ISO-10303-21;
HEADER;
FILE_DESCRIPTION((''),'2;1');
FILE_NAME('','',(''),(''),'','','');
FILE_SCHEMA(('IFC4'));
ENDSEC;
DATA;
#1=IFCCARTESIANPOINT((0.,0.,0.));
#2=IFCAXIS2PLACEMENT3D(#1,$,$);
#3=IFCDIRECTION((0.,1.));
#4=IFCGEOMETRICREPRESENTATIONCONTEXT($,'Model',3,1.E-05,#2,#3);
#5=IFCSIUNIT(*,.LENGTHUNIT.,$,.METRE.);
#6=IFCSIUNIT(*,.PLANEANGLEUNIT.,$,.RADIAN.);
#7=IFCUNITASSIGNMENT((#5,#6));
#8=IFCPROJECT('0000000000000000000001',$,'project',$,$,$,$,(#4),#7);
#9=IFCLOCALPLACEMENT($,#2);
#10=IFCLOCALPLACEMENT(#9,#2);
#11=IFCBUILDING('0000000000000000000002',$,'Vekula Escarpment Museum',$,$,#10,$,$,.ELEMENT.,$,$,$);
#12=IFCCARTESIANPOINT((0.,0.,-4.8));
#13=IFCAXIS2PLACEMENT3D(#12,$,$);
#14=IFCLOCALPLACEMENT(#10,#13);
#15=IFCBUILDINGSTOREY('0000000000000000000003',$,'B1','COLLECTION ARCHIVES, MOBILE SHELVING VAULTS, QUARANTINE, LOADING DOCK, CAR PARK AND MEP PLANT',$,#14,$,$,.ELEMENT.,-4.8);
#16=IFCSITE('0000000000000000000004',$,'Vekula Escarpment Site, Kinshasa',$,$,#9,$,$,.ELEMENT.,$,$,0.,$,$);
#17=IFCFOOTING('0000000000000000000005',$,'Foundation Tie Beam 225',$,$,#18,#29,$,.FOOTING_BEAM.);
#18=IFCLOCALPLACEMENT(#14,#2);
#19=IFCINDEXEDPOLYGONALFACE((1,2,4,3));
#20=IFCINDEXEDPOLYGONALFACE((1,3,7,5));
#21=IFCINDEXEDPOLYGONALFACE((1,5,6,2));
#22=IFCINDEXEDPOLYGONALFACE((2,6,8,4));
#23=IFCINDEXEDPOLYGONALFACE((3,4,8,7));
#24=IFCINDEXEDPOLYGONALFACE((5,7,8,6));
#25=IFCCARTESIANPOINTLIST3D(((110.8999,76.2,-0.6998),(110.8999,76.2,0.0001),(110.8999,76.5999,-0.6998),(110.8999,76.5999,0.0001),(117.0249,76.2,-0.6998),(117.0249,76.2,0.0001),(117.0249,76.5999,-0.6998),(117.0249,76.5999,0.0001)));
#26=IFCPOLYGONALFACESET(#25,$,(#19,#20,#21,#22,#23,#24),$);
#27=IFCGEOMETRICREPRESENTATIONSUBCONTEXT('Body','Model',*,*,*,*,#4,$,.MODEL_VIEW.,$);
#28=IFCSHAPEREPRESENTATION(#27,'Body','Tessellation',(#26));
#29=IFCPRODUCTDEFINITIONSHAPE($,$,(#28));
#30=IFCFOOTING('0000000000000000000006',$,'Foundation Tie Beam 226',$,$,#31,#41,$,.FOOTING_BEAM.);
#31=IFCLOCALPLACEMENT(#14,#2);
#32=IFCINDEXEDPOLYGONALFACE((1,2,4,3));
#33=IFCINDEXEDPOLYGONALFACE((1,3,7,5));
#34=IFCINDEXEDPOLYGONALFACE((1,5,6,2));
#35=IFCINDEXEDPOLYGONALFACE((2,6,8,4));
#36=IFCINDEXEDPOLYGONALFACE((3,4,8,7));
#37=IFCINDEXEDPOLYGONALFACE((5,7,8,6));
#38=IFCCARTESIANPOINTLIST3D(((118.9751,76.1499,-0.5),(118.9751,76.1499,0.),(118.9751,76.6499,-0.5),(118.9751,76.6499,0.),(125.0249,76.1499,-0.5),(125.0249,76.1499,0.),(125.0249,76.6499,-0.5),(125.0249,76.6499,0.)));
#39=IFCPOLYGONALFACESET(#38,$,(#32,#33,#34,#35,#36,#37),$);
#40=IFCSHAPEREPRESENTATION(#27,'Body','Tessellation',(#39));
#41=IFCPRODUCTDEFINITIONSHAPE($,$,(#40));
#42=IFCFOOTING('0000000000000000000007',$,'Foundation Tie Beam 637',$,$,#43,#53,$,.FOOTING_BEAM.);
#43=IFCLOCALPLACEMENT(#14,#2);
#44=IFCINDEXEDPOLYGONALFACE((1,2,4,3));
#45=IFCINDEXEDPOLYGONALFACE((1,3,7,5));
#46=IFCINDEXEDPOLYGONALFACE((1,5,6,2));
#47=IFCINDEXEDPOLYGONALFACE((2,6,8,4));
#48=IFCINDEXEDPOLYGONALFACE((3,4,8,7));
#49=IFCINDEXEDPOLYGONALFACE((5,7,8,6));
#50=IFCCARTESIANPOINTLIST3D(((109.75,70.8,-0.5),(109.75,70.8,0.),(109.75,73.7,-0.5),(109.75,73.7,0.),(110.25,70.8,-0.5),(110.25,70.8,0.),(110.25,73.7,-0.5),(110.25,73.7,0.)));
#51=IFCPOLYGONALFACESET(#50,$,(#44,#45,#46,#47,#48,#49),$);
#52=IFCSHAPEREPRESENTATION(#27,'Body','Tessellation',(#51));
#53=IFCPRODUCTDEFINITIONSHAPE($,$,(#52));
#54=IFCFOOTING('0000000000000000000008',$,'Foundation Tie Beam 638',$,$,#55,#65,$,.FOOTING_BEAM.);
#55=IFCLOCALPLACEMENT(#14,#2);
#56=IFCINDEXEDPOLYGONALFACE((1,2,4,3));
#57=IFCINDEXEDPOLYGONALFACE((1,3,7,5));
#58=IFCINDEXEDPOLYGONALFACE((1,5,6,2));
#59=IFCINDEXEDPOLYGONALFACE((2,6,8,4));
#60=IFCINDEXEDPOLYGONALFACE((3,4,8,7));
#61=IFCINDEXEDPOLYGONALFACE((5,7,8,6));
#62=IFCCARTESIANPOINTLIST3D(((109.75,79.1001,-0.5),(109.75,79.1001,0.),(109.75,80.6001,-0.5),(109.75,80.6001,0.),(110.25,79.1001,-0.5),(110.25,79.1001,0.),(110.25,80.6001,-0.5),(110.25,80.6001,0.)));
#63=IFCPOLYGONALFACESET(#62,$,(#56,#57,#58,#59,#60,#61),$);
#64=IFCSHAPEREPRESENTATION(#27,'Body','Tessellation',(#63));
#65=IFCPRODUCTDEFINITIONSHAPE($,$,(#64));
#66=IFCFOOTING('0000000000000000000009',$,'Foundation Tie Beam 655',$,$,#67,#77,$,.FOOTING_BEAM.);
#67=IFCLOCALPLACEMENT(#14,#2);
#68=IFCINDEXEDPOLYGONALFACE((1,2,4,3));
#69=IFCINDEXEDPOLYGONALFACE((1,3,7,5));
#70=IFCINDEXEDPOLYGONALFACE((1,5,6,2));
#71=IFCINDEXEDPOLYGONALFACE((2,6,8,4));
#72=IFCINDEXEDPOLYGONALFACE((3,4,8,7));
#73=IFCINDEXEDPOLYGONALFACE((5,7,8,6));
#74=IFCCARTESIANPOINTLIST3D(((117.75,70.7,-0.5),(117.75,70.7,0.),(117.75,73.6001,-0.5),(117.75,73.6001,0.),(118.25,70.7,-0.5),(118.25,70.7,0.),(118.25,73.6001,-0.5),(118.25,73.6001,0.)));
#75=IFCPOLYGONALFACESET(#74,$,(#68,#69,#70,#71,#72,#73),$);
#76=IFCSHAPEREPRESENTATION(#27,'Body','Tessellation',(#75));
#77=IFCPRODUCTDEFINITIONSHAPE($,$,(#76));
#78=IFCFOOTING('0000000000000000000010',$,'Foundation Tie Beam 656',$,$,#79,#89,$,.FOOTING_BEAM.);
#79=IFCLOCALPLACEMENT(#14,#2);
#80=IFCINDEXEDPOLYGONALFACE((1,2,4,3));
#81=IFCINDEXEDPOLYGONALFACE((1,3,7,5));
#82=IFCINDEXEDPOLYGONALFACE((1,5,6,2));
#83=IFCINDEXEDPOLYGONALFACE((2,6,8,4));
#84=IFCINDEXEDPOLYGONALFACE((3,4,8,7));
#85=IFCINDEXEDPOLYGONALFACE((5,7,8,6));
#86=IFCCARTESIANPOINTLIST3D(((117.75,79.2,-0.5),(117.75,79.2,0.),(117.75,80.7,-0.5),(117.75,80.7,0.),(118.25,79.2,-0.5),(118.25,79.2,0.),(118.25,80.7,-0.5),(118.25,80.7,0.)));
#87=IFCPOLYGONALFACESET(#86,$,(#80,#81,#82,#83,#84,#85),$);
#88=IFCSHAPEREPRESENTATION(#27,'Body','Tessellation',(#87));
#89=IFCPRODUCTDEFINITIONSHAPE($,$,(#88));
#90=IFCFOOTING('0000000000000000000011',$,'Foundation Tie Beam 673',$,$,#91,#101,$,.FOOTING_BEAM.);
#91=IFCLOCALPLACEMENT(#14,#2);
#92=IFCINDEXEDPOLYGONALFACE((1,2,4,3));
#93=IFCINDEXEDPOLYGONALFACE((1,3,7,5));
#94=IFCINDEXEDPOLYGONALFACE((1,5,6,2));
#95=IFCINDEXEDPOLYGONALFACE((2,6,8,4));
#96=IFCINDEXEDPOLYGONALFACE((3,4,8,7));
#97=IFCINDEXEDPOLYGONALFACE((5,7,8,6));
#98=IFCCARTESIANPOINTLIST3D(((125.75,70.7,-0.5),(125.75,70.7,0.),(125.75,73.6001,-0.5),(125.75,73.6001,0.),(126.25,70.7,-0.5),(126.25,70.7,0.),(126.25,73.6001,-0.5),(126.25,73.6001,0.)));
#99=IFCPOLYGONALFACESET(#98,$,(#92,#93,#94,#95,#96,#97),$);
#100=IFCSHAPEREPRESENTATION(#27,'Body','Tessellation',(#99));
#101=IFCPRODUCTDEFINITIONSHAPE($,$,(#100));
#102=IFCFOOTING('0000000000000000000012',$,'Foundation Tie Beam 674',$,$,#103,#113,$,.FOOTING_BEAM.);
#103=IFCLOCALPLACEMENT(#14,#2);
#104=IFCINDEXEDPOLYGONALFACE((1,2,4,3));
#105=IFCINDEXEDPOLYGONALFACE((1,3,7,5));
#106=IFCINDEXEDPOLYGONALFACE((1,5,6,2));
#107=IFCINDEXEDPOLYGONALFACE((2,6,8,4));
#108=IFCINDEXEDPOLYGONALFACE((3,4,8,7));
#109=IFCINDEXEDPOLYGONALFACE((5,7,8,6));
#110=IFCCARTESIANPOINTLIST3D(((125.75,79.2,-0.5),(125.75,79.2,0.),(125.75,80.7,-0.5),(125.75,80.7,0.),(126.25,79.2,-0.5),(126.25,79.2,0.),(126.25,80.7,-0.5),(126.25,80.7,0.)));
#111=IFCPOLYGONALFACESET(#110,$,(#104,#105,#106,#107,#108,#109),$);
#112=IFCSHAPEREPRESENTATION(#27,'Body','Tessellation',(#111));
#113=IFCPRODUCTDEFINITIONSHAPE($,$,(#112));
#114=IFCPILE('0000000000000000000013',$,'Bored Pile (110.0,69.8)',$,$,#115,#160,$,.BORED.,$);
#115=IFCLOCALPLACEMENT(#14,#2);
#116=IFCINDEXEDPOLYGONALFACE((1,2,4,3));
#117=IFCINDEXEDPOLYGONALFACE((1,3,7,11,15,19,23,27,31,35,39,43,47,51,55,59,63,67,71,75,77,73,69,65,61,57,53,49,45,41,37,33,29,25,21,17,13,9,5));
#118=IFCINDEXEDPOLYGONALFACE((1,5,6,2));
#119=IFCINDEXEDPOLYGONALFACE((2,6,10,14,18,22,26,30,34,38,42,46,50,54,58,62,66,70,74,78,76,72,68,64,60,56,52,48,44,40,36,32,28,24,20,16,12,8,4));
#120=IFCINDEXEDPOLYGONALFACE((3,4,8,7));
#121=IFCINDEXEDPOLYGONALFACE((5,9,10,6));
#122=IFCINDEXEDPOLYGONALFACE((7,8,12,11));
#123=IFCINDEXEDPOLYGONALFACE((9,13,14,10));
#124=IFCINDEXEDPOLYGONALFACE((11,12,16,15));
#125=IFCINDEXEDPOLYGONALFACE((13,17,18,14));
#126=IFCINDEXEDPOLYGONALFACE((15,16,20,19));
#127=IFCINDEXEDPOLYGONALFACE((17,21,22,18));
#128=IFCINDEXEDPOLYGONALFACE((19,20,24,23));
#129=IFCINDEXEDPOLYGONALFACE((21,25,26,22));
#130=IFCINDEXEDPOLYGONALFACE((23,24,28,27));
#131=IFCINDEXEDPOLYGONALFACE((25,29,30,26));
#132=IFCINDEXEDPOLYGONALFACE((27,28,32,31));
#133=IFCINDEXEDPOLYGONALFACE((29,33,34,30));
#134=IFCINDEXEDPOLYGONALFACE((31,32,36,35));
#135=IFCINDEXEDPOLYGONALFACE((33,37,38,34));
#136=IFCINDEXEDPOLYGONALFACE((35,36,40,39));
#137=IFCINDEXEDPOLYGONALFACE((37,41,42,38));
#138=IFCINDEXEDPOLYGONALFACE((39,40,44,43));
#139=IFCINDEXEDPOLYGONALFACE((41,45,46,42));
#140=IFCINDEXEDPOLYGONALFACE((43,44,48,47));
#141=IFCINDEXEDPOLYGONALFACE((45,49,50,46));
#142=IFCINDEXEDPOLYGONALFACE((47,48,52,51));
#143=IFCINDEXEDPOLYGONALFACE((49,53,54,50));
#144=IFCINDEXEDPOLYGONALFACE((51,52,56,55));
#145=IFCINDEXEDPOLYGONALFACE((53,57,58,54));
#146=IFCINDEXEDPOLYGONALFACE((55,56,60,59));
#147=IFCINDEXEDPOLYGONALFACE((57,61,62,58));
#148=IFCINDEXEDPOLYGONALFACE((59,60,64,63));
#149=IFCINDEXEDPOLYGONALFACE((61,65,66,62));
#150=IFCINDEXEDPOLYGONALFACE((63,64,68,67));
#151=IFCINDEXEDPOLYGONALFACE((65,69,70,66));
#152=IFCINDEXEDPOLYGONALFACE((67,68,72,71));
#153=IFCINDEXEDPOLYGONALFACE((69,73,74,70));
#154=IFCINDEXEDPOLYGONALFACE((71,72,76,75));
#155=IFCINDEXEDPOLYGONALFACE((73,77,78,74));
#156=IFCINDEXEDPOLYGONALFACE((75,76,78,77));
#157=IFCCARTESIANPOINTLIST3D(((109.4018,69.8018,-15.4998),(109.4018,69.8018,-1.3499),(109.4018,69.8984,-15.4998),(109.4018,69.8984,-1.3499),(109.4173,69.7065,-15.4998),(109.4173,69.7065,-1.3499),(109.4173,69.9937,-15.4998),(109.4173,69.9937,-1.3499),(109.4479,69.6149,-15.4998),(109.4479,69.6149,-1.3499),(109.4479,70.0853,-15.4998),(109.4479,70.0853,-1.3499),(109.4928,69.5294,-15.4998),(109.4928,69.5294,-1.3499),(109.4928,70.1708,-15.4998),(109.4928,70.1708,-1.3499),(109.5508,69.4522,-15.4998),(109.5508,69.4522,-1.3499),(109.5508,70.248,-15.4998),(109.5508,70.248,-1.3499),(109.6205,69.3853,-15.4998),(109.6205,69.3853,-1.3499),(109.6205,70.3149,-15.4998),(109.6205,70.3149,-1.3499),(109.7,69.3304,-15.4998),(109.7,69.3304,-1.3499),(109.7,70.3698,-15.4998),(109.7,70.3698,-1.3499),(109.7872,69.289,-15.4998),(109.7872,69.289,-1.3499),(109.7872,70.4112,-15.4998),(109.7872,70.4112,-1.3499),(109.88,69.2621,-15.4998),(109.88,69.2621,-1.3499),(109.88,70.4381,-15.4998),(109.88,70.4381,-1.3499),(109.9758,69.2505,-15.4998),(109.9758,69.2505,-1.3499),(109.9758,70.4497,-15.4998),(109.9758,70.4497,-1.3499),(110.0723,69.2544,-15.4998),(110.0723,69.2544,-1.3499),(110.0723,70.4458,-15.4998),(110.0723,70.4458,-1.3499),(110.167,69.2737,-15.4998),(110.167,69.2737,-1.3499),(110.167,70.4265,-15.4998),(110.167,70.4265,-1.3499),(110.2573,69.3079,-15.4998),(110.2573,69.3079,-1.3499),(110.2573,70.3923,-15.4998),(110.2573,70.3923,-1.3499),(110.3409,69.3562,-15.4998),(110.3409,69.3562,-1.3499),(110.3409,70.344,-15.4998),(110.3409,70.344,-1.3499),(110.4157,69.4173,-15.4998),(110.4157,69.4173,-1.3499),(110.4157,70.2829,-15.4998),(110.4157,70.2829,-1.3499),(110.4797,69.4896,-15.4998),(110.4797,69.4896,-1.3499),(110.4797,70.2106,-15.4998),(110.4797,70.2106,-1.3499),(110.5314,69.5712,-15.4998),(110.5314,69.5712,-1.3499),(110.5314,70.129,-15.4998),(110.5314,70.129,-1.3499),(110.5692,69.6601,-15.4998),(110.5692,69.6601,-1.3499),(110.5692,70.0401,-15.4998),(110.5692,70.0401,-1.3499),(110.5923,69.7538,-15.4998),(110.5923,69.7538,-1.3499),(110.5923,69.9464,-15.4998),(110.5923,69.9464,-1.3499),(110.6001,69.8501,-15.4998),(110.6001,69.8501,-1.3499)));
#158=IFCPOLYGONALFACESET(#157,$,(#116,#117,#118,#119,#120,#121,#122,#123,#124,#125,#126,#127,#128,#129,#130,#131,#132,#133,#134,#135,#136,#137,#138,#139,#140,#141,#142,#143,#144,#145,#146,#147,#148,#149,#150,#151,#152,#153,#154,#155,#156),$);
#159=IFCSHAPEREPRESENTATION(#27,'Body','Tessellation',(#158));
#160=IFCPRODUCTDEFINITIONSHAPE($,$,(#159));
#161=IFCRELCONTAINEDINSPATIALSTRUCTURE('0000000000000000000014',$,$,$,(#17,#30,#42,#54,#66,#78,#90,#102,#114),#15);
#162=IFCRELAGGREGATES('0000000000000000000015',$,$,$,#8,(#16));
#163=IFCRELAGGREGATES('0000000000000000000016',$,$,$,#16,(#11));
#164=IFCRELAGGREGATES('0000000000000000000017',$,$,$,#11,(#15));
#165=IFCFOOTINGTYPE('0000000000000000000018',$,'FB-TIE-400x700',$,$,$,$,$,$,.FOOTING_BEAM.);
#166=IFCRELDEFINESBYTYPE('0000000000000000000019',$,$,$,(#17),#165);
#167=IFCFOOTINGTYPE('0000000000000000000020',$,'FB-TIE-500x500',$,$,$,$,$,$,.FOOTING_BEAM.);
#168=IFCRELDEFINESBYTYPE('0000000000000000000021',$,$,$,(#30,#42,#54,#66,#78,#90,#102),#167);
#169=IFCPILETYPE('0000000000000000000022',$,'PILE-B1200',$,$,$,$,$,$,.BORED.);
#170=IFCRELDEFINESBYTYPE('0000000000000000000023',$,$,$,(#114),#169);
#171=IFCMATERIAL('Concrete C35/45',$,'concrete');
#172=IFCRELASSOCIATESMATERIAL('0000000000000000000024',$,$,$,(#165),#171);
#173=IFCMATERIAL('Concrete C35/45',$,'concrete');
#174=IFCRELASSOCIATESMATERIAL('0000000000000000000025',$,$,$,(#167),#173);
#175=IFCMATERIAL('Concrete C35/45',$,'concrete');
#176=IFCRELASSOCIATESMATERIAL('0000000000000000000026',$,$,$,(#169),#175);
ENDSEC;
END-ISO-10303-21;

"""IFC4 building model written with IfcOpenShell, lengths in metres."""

from ifc_helpers import new_model, si_unit, direction, frame, origin, origin_2d, place, context, subcontext, project, spatial, rectangle, circle, extrude, material, material_profile, profile_set, type_object, element, save


model = new_model("IFC4")

# Units and contexts
model_context = context("Model", 3, precision=1e-05, world=origin(), true_north=direction((0.0, 1.0)))
body_context = subcontext(model_context, "Body", "Model", "MODEL_VIEW")
ifc_project = project(units=[si_unit("LENGTHUNIT", "METRE"), si_unit("PLANEANGLEUNIT", "RADIAN")], contexts=[model_context])

# Site, building, storey
site_placement = place(None, origin())
site = spatial("IfcSite", under=ifc_project, at=site_placement, Name="Vekula Escarpment Site, Kinshasa", CompositionType="ELEMENT", RefElevation=0.0)
building_placement = place(site_placement, origin())
building = spatial("IfcBuilding", under=site, at=building_placement, Name="Vekula Escarpment Museum", CompositionType="ELEMENT")
storey_placement = place(building_placement, frame((0.0, 0.0, -4.8)))
storey = spatial("IfcBuildingStorey", under=building, at=storey_placement, Name="B1", Description="COLLECTION ARCHIVES, MOBILE SHELVING VAULTS, QUARANTINE, LOADING DOCK, CAR PARK AND MEP PLANT", CompositionType="ELEMENT", Elevation=-4.8)

# Footings
ifc_material_1 = material(Name="Concrete C35/45", Category="concrete")
ifc_material_profile_1 = material_profile(ifc_material_1, rectangle(XDim=0.3999, YDim=0.7, at=origin_2d()), Name="RC 400x700")
ifc_profile_set_1 = profile_set([ifc_material_profile_1], Name="Concrete C35/45")
footing_type_1 = type_object("IfcFootingType", Name="FB-TIE-400x700", PredefinedType="FOOTING_BEAM", material=ifc_profile_set_1)
footing_1_placement = place(storey_placement, frame((110.8999, 76.3999, -0.3499), z_axis=(1.0, 0.0, 0.0), x_axis=(0.0, 1.0, 0.0)))
element("IfcFooting", 1, at=footing_1_placement, inside=storey, type_object=footing_type_1, Name="Foundation Tie Beam 225", PredefinedType="FOOTING_BEAM", context=body_context, shape_type="SweptSolid", body=[
    extrude(rectangle(XDim=0.3999, YDim=0.7, at=origin_2d()), origin(), (0.0, 0.0, 1.0), 6.125),
])
ifc_material_2 = material(Name="Concrete C35/45", Category="concrete")
ifc_material_profile_2 = material_profile(ifc_material_2, rectangle(XDim=0.5, YDim=0.5, at=origin_2d()), Name="RC 500x500")
ifc_profile_set_2 = profile_set([ifc_material_profile_2], Name="Concrete C35/45")
footing_type_2 = type_object("IfcFootingType", Name="FB-TIE-500x500", PredefinedType="FOOTING_BEAM", material=ifc_profile_set_2)
footing_2_placement = place(storey_placement, frame((118.9751, 76.3999, -0.25), z_axis=(1.0, 0.0, 0.0), x_axis=(0.0, 1.0, 0.0)))
element("IfcFooting", 2, at=footing_2_placement, inside=storey, type_object=footing_type_2, Name="Foundation Tie Beam 226", PredefinedType="FOOTING_BEAM", context=body_context, shape_type="SweptSolid", body=[
    extrude(rectangle(XDim=0.5, YDim=0.5, at=origin_2d()), origin(), (0.0, 0.0, 1.0), 6.0498),
])
footing_3_placement = place(storey_placement, frame((110.0, 70.8, -0.25), z_axis=(0.0, 1.0, 0.0), x_axis=(-1.0, 0.0, 0.0)))
element("IfcFooting", 3, at=footing_3_placement, inside=storey, type_object=footing_type_2, Name="Foundation Tie Beam 637", PredefinedType="FOOTING_BEAM", context=body_context, shape_type="SweptSolid", body=[
    extrude(rectangle(XDim=0.5, YDim=0.5, at=origin_2d()), origin(), (0.0, 0.0, 1.0), 2.8999),
])
footing_4_placement = place(storey_placement, frame((110.0, 79.1001, -0.25), z_axis=(0.0, 1.0, 0.0), x_axis=(-1.0, 0.0, 0.0)))
element("IfcFooting", 4, at=footing_4_placement, inside=storey, type_object=footing_type_2, Name="Foundation Tie Beam 638", PredefinedType="FOOTING_BEAM", context=body_context, shape_type="SweptSolid", body=[
    extrude(rectangle(XDim=0.5, YDim=0.5, at=origin_2d()), origin(), (0.0, 0.0, 1.0), 1.5),
])
footing_5_placement = place(storey_placement, frame((118.0, 70.7, -0.25), z_axis=(0.0, 1.0, 0.0), x_axis=(-1.0, 0.0, 0.0)))
element("IfcFooting", 5, at=footing_5_placement, inside=storey, type_object=footing_type_2, Name="Foundation Tie Beam 655", PredefinedType="FOOTING_BEAM", context=body_context, shape_type="SweptSolid", body=[
    extrude(rectangle(XDim=0.5, YDim=0.5, at=origin_2d()), origin(), (0.0, 0.0, 1.0), 2.9001),
])
footing_6_placement = place(storey_placement, frame((118.0, 79.2, -0.25), z_axis=(0.0, 1.0, 0.0), x_axis=(-1.0, 0.0, 0.0)))
element("IfcFooting", 6, at=footing_6_placement, inside=storey, type_object=footing_type_2, Name="Foundation Tie Beam 656", PredefinedType="FOOTING_BEAM", context=body_context, shape_type="SweptSolid", body=[
    extrude(rectangle(XDim=0.5, YDim=0.5, at=origin_2d()), origin(), (0.0, 0.0, 1.0), 1.5),
])
footing_7_placement = place(storey_placement, frame((126.0, 70.7, -0.25), z_axis=(0.0, 1.0, 0.0), x_axis=(-1.0, 0.0, 0.0)))
element("IfcFooting", 7, at=footing_7_placement, inside=storey, type_object=footing_type_2, Name="Foundation Tie Beam 673", PredefinedType="FOOTING_BEAM", context=body_context, shape_type="SweptSolid", body=[
    extrude(rectangle(XDim=0.5, YDim=0.5, at=origin_2d()), origin(), (0.0, 0.0, 1.0), 2.9001),
])
footing_8_placement = place(storey_placement, frame((126.0, 79.2, -0.25), z_axis=(0.0, 1.0, 0.0), x_axis=(-1.0, 0.0, 0.0)))
element("IfcFooting", 8, at=footing_8_placement, inside=storey, type_object=footing_type_2, Name="Foundation Tie Beam 674", PredefinedType="FOOTING_BEAM", context=body_context, shape_type="SweptSolid", body=[
    extrude(rectangle(XDim=0.5, YDim=0.5, at=origin_2d()), origin(), (0.0, 0.0, 1.0), 1.5),
])

# Pile
ifc_material_3 = material(Name="Concrete C35/45", Category="concrete")
ifc_material_profile_3 = material_profile(ifc_material_3, circle(Radius=0.6001, at=origin_2d()), Name="BORED PILE 1200")
ifc_profile_set_3 = profile_set([ifc_material_profile_3], Name="Concrete C35/45")
pile_type = type_object("IfcPileType", Name="PILE-B1200", PredefinedType="BORED", material=ifc_profile_set_3)
pile_1_placement = place(storey_placement, frame((110.0, 69.8501, -1.3499), z_axis=(0.0, 0.0, -1.0), x_axis=(1.0, 0.0, 0.0)))
element("IfcPile", 9, at=pile_1_placement, inside=storey, type_object=pile_type, Name="Bored Pile (110.0,69.8)", PredefinedType="BORED", context=body_context, shape_type="SweptSolid", body=[
    extrude(circle(Radius=0.6001, at=origin_2d()), origin(), (0.0, 0.0, 1.0), 14.1499),
])

save(model, "model.ifc")
